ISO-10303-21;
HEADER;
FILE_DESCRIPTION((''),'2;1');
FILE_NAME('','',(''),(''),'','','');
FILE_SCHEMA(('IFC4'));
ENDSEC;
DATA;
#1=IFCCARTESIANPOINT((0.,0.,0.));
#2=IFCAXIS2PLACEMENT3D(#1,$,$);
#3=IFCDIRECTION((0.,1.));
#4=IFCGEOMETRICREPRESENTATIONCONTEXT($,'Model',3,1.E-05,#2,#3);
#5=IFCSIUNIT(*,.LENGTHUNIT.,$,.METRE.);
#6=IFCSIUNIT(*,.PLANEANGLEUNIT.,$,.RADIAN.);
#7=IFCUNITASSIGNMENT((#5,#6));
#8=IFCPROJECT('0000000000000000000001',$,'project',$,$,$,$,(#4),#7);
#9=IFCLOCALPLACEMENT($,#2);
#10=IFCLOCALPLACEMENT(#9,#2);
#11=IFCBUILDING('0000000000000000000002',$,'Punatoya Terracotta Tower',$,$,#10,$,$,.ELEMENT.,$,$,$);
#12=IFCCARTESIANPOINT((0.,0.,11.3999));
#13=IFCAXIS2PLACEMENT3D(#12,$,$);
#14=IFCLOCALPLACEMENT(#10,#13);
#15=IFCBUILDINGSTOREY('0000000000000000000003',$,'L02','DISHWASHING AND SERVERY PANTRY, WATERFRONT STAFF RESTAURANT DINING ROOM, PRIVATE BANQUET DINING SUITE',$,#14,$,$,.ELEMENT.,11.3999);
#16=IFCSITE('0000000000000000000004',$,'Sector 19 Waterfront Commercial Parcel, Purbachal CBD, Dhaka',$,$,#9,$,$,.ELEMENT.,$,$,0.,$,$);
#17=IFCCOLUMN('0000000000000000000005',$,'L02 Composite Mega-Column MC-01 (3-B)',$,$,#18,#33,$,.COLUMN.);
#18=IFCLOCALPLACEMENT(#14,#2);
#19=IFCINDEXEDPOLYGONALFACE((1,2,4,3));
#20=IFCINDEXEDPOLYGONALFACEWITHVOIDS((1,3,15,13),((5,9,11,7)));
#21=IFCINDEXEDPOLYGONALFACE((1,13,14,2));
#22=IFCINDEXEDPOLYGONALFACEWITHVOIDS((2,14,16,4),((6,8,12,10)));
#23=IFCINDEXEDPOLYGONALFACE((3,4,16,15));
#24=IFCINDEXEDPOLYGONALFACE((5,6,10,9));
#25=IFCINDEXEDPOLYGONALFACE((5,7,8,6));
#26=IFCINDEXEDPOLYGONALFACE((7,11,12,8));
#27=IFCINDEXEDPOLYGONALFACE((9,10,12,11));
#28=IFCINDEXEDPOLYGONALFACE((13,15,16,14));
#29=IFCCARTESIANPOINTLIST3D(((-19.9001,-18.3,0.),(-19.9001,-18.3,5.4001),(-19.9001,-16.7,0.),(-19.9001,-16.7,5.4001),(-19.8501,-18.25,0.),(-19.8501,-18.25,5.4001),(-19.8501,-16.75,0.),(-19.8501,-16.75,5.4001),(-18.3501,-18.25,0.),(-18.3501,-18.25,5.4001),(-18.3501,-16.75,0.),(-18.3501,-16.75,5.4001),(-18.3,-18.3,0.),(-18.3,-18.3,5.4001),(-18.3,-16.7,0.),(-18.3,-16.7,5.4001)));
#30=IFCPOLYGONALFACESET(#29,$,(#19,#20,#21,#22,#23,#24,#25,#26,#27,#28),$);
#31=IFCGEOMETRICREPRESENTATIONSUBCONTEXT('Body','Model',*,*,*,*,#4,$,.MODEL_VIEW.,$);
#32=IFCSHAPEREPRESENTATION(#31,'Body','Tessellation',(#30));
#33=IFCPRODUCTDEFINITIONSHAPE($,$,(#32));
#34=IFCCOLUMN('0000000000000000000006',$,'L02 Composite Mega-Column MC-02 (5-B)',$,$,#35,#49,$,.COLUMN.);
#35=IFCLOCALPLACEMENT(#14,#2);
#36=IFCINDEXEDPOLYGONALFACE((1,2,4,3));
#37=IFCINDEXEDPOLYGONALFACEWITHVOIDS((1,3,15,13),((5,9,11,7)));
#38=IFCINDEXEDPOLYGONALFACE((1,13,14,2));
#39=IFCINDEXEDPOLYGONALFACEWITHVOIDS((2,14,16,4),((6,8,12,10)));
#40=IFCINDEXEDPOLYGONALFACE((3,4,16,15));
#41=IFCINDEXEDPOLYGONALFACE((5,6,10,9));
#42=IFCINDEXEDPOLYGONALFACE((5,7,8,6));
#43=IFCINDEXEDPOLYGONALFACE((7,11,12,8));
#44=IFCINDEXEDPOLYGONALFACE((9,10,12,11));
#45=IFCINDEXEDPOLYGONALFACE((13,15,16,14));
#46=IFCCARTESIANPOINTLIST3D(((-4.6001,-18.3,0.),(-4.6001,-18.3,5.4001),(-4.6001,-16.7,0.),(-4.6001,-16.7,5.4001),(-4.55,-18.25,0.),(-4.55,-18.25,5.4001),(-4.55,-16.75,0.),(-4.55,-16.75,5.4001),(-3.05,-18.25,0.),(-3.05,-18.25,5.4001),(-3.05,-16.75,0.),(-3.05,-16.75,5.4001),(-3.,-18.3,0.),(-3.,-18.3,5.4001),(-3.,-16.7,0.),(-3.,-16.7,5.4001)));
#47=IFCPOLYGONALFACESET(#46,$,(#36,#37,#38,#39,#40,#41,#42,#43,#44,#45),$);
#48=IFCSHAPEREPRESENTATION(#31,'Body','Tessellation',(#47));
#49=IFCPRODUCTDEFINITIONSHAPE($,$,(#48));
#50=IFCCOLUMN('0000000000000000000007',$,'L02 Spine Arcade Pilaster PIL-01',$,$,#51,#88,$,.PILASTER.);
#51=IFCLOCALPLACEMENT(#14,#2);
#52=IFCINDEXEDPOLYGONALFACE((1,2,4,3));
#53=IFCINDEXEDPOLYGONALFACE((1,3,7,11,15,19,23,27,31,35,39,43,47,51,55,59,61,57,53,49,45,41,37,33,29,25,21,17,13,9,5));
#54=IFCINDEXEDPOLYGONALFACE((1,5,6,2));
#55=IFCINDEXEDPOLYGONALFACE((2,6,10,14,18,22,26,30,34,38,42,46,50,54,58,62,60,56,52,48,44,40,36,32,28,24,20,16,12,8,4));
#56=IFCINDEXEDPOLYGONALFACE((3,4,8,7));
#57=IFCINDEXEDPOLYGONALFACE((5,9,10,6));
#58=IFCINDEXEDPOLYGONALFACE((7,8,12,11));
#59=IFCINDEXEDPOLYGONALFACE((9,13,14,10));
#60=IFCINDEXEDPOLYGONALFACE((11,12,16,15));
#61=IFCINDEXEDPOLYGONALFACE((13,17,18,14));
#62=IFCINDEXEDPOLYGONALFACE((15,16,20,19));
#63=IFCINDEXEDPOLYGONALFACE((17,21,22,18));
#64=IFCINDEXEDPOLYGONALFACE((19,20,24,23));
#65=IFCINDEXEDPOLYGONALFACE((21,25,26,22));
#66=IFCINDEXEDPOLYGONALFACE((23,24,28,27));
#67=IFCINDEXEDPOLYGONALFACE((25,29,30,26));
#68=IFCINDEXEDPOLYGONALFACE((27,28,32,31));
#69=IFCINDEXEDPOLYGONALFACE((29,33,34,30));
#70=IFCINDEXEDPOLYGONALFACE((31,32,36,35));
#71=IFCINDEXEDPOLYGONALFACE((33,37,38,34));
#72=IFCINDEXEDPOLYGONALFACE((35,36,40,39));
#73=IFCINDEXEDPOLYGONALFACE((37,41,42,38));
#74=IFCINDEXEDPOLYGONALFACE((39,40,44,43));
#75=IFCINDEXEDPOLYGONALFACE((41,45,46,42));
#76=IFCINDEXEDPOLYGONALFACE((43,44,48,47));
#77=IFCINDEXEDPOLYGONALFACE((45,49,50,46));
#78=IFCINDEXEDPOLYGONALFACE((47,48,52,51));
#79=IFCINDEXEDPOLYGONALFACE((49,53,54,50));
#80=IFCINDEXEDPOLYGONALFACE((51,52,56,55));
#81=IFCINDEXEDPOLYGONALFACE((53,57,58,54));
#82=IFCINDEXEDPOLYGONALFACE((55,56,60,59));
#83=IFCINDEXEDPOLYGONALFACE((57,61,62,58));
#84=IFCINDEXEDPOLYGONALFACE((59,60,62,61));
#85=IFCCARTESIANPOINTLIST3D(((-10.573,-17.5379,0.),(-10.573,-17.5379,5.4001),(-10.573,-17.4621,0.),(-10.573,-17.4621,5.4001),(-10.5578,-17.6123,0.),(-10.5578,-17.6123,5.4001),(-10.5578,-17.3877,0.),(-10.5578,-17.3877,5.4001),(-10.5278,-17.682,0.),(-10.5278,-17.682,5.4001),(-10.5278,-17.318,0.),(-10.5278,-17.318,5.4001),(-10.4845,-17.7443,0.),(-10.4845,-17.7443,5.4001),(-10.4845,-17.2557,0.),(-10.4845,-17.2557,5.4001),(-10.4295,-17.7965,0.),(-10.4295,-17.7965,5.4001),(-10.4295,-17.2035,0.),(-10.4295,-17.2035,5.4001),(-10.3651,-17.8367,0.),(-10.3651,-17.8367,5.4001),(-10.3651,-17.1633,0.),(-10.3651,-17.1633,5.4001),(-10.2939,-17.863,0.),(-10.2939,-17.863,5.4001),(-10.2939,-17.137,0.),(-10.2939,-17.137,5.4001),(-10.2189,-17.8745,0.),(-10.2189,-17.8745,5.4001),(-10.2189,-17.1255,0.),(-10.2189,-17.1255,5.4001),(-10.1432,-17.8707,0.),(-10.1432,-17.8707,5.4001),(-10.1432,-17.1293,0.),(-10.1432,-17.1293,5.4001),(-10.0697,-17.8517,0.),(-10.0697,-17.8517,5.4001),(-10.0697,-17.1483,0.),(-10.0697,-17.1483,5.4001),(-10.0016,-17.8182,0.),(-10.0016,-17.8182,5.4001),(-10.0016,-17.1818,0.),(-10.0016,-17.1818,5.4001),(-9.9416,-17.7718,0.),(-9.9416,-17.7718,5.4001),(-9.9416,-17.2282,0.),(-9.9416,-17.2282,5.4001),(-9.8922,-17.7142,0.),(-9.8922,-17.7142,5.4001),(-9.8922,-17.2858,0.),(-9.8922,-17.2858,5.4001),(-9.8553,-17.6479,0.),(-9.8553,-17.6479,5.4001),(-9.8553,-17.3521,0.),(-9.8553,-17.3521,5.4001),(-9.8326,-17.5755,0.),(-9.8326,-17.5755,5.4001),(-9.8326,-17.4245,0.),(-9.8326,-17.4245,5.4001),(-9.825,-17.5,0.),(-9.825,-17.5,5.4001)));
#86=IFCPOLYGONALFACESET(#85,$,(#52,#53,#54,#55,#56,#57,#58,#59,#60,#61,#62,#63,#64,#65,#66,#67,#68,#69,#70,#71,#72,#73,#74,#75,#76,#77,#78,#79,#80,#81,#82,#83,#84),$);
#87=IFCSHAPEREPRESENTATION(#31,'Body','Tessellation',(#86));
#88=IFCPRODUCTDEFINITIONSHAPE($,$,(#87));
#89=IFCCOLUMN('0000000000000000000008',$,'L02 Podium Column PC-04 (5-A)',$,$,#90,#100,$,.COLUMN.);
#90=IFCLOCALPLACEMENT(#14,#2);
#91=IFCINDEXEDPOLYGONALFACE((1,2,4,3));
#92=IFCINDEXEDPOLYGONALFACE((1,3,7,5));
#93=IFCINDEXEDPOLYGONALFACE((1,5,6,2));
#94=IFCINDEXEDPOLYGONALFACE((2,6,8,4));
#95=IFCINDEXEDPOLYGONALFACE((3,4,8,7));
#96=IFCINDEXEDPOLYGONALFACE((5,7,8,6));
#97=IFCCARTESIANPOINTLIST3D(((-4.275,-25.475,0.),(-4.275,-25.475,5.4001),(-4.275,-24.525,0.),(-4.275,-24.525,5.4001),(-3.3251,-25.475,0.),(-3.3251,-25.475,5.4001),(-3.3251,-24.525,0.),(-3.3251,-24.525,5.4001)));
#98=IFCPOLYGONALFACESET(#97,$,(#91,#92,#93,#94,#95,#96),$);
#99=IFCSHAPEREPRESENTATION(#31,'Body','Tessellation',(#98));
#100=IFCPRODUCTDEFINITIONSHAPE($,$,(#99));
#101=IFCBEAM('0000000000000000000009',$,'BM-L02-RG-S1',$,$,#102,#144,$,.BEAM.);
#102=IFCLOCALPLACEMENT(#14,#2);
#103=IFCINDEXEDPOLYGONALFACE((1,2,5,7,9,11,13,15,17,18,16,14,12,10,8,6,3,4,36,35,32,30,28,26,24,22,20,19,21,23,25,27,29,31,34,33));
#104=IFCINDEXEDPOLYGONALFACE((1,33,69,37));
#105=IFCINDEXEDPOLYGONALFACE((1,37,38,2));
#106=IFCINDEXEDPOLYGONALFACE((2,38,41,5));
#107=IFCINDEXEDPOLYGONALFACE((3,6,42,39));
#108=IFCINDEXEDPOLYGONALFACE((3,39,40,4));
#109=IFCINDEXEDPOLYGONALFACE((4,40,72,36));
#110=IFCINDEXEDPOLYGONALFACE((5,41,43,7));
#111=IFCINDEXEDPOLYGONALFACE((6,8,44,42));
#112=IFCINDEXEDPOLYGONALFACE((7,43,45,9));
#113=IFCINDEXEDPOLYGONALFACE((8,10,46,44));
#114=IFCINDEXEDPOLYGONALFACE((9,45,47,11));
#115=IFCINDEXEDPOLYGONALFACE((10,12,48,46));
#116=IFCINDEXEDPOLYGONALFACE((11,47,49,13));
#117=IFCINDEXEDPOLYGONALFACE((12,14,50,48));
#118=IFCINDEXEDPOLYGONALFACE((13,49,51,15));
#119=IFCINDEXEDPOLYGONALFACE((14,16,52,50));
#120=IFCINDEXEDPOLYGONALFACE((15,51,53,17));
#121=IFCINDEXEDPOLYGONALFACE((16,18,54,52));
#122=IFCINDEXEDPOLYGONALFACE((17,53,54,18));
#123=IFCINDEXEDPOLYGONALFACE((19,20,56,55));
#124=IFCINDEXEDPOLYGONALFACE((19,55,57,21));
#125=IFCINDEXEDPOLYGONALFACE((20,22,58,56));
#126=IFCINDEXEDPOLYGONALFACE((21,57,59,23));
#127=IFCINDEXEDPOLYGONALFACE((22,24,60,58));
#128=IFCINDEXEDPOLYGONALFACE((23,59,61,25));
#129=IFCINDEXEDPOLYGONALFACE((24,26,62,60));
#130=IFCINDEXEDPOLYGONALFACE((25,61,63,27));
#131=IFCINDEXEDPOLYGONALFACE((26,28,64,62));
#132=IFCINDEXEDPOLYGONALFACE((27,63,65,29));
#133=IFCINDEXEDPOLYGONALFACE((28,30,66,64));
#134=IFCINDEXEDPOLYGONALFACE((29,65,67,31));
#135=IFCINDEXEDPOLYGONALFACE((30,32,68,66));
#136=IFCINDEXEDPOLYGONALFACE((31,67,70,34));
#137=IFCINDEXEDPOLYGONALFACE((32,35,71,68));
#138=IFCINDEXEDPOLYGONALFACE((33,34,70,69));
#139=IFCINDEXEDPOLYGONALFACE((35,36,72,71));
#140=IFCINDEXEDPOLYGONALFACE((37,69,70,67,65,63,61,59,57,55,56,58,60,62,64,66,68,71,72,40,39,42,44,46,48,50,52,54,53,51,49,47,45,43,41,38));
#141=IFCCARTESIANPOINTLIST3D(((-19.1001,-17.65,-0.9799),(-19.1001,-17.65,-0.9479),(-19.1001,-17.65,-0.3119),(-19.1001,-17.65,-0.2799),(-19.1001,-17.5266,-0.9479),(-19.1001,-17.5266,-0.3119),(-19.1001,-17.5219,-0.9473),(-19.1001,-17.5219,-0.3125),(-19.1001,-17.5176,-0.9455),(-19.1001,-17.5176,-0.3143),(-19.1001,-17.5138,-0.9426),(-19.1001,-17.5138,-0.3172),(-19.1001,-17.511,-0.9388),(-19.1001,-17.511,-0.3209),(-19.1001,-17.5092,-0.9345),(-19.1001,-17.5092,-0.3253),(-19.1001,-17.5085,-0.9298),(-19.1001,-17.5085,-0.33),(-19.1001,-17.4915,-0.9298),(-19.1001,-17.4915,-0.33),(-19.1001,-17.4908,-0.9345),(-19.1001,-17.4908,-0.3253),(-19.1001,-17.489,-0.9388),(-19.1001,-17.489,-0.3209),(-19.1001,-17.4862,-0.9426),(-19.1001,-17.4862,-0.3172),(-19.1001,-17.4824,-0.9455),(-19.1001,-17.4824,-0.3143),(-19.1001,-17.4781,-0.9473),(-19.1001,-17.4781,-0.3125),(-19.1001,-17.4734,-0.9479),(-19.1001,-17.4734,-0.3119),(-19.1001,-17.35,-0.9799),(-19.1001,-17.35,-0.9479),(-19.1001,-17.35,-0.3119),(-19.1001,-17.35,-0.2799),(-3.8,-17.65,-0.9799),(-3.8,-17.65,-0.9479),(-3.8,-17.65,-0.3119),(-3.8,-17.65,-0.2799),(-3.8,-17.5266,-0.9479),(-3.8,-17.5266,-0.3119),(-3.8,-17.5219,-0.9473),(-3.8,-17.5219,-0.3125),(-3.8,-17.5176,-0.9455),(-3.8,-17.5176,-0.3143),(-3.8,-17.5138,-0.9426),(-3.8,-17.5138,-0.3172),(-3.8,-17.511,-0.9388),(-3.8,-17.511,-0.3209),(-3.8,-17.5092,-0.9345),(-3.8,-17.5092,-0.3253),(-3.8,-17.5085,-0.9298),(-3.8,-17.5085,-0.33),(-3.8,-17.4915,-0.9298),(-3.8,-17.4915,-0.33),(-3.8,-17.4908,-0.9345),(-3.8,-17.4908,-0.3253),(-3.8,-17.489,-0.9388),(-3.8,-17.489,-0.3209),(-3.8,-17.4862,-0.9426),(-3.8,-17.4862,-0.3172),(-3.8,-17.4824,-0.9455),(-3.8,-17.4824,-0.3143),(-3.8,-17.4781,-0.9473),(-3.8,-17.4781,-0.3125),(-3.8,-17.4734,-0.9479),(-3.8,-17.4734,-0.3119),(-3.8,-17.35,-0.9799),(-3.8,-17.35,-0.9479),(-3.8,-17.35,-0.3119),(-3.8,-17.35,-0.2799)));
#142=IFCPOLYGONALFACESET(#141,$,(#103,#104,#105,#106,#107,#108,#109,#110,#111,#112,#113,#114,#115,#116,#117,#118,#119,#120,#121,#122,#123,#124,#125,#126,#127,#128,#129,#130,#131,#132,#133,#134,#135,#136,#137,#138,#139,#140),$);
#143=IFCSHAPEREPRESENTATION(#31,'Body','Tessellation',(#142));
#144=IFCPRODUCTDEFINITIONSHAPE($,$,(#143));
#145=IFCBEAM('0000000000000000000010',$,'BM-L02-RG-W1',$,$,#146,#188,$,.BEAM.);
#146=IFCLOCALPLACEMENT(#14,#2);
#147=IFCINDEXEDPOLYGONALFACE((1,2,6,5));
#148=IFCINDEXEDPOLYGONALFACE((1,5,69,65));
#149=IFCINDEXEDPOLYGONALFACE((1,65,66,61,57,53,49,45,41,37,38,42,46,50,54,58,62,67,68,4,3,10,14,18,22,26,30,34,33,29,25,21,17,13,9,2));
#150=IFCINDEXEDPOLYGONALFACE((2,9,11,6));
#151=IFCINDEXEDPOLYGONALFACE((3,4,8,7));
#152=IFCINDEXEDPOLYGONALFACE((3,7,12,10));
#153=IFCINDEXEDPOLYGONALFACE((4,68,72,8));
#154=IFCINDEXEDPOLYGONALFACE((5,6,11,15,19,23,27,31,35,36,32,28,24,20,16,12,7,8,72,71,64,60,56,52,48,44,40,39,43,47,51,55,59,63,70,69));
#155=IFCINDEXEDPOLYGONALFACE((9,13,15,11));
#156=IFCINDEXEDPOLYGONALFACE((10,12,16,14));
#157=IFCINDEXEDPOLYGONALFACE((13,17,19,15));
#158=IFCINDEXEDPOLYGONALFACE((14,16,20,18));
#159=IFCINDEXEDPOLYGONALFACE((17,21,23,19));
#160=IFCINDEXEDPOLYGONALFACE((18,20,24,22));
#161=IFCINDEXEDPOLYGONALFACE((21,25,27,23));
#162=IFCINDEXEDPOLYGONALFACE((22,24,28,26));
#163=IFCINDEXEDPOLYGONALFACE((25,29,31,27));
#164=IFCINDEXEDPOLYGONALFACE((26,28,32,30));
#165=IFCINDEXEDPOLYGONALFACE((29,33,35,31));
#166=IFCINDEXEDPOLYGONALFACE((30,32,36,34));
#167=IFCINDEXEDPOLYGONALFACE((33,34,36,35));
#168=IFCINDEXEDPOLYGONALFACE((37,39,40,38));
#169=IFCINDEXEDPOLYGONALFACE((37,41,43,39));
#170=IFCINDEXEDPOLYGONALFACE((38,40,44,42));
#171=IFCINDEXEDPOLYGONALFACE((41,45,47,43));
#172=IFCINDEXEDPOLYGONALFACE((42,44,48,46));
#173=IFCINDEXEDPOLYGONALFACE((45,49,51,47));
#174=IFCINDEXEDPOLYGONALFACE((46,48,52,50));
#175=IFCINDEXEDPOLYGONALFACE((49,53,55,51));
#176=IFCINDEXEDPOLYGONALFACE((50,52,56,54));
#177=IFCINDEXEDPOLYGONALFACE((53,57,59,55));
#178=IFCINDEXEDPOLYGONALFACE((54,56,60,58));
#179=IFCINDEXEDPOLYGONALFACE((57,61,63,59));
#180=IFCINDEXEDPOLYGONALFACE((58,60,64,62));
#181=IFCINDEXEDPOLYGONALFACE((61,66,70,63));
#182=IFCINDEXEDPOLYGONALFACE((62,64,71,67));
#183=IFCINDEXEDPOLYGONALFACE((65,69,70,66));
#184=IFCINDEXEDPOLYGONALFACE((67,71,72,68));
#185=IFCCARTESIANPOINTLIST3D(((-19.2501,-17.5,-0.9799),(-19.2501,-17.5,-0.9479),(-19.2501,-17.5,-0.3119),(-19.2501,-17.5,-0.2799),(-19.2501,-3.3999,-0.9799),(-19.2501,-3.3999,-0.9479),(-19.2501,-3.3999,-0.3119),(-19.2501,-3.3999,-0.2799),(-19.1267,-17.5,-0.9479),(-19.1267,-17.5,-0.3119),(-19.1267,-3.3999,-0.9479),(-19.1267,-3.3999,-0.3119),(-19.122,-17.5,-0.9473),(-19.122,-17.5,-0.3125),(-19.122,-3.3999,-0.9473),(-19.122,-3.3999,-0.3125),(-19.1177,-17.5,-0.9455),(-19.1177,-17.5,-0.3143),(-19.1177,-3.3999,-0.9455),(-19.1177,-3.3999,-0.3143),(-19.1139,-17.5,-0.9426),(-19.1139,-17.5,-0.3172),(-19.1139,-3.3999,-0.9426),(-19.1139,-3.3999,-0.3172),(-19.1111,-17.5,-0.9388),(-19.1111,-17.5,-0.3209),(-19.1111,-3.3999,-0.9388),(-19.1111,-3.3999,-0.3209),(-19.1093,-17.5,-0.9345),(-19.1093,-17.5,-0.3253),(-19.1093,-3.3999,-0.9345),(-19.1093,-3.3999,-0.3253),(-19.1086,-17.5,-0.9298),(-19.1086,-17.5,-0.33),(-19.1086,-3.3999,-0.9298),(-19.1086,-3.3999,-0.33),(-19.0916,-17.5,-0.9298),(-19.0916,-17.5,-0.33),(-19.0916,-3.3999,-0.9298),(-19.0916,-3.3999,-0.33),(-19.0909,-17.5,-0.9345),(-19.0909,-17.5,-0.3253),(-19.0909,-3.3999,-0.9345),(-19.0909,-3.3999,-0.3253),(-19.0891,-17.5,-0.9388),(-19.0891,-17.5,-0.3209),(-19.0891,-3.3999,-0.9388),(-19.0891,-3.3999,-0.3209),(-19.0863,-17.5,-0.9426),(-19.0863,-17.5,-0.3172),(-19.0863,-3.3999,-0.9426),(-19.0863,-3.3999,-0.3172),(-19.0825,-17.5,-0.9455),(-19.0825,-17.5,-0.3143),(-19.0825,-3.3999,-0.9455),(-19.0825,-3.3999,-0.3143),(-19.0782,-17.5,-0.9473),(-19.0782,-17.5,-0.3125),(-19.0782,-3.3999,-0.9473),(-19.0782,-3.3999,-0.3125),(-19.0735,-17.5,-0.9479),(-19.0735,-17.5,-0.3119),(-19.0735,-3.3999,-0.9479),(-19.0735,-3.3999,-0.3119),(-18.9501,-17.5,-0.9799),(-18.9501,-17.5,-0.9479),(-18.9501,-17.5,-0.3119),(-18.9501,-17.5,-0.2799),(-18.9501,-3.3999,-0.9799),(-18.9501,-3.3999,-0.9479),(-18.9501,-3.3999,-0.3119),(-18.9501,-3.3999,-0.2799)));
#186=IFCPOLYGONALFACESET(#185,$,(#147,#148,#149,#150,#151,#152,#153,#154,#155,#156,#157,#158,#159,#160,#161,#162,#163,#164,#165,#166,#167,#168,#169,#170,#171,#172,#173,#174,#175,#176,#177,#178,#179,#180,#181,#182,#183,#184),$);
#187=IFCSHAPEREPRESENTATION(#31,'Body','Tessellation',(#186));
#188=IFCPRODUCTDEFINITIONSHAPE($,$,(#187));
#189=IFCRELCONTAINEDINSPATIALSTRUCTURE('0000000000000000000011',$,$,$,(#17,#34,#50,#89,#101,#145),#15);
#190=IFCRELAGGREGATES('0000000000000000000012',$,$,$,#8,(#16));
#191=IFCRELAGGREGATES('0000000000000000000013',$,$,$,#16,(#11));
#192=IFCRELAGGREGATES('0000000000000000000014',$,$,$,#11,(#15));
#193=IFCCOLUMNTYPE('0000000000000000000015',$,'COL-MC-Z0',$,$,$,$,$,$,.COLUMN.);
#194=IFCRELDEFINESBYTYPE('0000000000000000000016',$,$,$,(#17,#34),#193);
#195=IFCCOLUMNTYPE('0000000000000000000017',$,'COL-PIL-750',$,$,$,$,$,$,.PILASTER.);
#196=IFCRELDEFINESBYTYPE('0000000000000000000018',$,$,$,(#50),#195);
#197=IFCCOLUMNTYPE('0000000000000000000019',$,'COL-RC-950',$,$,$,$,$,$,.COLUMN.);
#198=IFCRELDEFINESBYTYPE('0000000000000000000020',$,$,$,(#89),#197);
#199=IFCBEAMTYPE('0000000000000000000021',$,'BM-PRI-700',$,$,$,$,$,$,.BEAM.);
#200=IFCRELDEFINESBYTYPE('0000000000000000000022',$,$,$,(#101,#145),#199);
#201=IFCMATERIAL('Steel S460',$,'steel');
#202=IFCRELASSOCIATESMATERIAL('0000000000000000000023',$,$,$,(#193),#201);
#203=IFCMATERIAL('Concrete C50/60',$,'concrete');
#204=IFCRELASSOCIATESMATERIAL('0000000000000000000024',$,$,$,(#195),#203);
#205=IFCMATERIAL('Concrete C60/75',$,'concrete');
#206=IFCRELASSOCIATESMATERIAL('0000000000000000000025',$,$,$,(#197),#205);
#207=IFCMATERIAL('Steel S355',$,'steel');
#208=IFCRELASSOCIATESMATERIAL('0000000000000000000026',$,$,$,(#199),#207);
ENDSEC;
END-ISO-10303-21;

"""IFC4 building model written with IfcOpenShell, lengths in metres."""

from ifc_helpers import new_model, si_unit, direction, frame, origin, origin_2d, place, context, subcontext, project, spatial, rectangle, hollow_rectangle, circle, i_section, extrude, material, material_profile, profile_set, type_object, element, save


model = new_model("IFC4")

# Units and contexts
model_context = context("Model", 3, precision=1e-05, world=origin(), true_north=direction((0.0, 1.0)))
body_context = subcontext(model_context, "Body", "Model", "MODEL_VIEW")
ifc_project = project(units=[si_unit("LENGTHUNIT", "METRE"), si_unit("PLANEANGLEUNIT", "RADIAN")], contexts=[model_context])

# Site, building, storey
site_placement = place(None, origin())
site = spatial("IfcSite", under=ifc_project, at=site_placement, Name="Sector 19 Waterfront Commercial Parcel, Purbachal CBD, Dhaka", CompositionType="ELEMENT", RefElevation=0.0)
building_placement = place(site_placement, origin())
building = spatial("IfcBuilding", under=site, at=building_placement, Name="Punatoya Terracotta Tower", CompositionType="ELEMENT")
storey_placement = place(building_placement, frame((0.0, 0.0, 11.3999)))
storey = spatial("IfcBuildingStorey", under=building, at=storey_placement, Name="L02", Description="DISHWASHING AND SERVERY PANTRY, WATERFRONT STAFF RESTAURANT DINING ROOM, PRIVATE BANQUET DINING SUITE", CompositionType="ELEMENT", Elevation=11.3999)

# Columns
ifc_material_1 = material(Name="Steel S460", Category="steel")
ifc_material_profile_1 = material_profile(ifc_material_1, hollow_rectangle(XDim=1.6001, YDim=1.6001, WallThickness=0.05, at=origin_2d()))
ifc_profile_set_1 = profile_set([ifc_material_profile_1], Name="Steel S460")
column_type_1 = type_object("IfcColumnType", Name="COL-MC-Z0", PredefinedType="COLUMN", material=ifc_profile_set_1)
for number, where, z_axis, x_axis, name in (
    (1, (-19.1001, -17.5, 0.0), (0.0, 0.0, 1.0), (1.0, 0.0, 0.0), "L02 Composite Mega-Column MC-01 (3-B)"),
    (2, (-3.8, -17.5, 0.0), (0.0, 0.0, 1.0), (1.0, 0.0, 0.0), "L02 Composite Mega-Column MC-02 (5-B)"),
):
    element("IfcColumn", number, at=place(storey_placement, frame(where, z_axis=z_axis, x_axis=x_axis)), inside=storey, type_object=column_type_1, Name=name, PredefinedType="COLUMN", context=body_context, shape_type="SweptSolid", body=[
        extrude(hollow_rectangle(XDim=1.6001, YDim=1.6001, WallThickness=0.05, at=origin_2d()), origin(), (0.0, 0.0, 1.0), 5.4001),
    ])
ifc_material_2 = material(Name="Concrete C50/60", Category="concrete")
ifc_material_profile_2 = material_profile(ifc_material_2, circle(Radius=0.375, at=origin_2d()))
ifc_profile_set_2 = profile_set([ifc_material_profile_2], Name="Concrete C50/60")
column_type_2 = type_object("IfcColumnType", Name="COL-PIL-750", PredefinedType="PILASTER", material=ifc_profile_set_2)
column_1_placement = place(storey_placement, frame((-10.2, -17.5, 0.0), z_axis=(0.0, 0.0, 1.0), x_axis=(1.0, 0.0, 0.0)))
element("IfcColumn", 3, at=column_1_placement, inside=storey, type_object=column_type_2, Name="L02 Spine Arcade Pilaster PIL-01", PredefinedType="PILASTER", context=body_context, shape_type="SweptSolid", body=[
    extrude(circle(Radius=0.375, at=origin_2d()), origin(), (0.0, 0.0, 1.0), 5.4001),
])
ifc_material_3 = material(Name="Concrete C60/75", Category="concrete")
ifc_material_profile_3 = material_profile(ifc_material_3, rectangle(XDim=0.95, YDim=0.95, at=origin_2d()))
ifc_profile_set_3 = profile_set([ifc_material_profile_3], Name="Concrete C60/75")
column_type_3 = type_object("IfcColumnType", Name="COL-RC-950", PredefinedType="COLUMN", material=ifc_profile_set_3)
column_2_placement = place(storey_placement, frame((-3.8, -25.0, 0.0), z_axis=(0.0, 0.0, 1.0), x_axis=(1.0, 0.0, 0.0)))
element("IfcColumn", 4, at=column_2_placement, inside=storey, type_object=column_type_3, Name="L02 Podium Column PC-04 (5-A)", PredefinedType="COLUMN", context=body_context, shape_type="SweptSolid", body=[
    extrude(rectangle(XDim=0.95, YDim=0.95, at=origin_2d()), origin(), (0.0, 0.0, 1.0), 5.4001),
])

# Beams
ifc_material_4 = material(Name="Steel S355", Category="steel")
ifc_material_profile_4 = material_profile(ifc_material_4, i_section(OverallWidth=0.3, OverallDepth=0.7, WebThickness=0.0171, FlangeThickness=0.032, FilletRadius=0.0181, at=origin_2d()))
ifc_profile_set_4 = profile_set([ifc_material_profile_4], Name="Steel S355")
beam_type_1 = type_object("IfcBeamType", Name="BM-PRI-700", PredefinedType="BEAM", material=ifc_profile_set_4)
beam_1_placement = place(storey_placement, frame((-19.1001, -17.5, -0.6299), z_axis=(1.0, 0.0, 0.0), x_axis=(0.0, 1.0, 0.0)))
element("IfcBeam", 5, at=beam_1_placement, inside=storey, type_object=beam_type_1, Name="BM-L02-RG-S1", PredefinedType="BEAM", context=body_context, shape_type="SweptSolid", body=[
    extrude(i_section(OverallWidth=0.3, OverallDepth=0.7, WebThickness=0.0171, FlangeThickness=0.032, FilletRadius=0.0181, at=origin_2d()), origin(), (0.0, 0.0, 1.0), 15.3),
])
beam_2_placement = place(storey_placement, frame((-19.1001, -17.5, -0.6299), z_axis=(0.0, 1.0, 0.0), x_axis=(-1.0, 0.0, 0.0)))
element("IfcBeam", 6, at=beam_2_placement, inside=storey, type_object=beam_type_1, Name="BM-L02-RG-W1", PredefinedType="BEAM", context=body_context, shape_type="SweptSolid", body=[
    extrude(i_section(OverallWidth=0.3, OverallDepth=0.7, WebThickness=0.0171, FlangeThickness=0.032, FilletRadius=0.0181, at=origin_2d()), origin(), (0.0, 0.0, 1.0), 14.1001),
])

save(model, "model.ifc")
